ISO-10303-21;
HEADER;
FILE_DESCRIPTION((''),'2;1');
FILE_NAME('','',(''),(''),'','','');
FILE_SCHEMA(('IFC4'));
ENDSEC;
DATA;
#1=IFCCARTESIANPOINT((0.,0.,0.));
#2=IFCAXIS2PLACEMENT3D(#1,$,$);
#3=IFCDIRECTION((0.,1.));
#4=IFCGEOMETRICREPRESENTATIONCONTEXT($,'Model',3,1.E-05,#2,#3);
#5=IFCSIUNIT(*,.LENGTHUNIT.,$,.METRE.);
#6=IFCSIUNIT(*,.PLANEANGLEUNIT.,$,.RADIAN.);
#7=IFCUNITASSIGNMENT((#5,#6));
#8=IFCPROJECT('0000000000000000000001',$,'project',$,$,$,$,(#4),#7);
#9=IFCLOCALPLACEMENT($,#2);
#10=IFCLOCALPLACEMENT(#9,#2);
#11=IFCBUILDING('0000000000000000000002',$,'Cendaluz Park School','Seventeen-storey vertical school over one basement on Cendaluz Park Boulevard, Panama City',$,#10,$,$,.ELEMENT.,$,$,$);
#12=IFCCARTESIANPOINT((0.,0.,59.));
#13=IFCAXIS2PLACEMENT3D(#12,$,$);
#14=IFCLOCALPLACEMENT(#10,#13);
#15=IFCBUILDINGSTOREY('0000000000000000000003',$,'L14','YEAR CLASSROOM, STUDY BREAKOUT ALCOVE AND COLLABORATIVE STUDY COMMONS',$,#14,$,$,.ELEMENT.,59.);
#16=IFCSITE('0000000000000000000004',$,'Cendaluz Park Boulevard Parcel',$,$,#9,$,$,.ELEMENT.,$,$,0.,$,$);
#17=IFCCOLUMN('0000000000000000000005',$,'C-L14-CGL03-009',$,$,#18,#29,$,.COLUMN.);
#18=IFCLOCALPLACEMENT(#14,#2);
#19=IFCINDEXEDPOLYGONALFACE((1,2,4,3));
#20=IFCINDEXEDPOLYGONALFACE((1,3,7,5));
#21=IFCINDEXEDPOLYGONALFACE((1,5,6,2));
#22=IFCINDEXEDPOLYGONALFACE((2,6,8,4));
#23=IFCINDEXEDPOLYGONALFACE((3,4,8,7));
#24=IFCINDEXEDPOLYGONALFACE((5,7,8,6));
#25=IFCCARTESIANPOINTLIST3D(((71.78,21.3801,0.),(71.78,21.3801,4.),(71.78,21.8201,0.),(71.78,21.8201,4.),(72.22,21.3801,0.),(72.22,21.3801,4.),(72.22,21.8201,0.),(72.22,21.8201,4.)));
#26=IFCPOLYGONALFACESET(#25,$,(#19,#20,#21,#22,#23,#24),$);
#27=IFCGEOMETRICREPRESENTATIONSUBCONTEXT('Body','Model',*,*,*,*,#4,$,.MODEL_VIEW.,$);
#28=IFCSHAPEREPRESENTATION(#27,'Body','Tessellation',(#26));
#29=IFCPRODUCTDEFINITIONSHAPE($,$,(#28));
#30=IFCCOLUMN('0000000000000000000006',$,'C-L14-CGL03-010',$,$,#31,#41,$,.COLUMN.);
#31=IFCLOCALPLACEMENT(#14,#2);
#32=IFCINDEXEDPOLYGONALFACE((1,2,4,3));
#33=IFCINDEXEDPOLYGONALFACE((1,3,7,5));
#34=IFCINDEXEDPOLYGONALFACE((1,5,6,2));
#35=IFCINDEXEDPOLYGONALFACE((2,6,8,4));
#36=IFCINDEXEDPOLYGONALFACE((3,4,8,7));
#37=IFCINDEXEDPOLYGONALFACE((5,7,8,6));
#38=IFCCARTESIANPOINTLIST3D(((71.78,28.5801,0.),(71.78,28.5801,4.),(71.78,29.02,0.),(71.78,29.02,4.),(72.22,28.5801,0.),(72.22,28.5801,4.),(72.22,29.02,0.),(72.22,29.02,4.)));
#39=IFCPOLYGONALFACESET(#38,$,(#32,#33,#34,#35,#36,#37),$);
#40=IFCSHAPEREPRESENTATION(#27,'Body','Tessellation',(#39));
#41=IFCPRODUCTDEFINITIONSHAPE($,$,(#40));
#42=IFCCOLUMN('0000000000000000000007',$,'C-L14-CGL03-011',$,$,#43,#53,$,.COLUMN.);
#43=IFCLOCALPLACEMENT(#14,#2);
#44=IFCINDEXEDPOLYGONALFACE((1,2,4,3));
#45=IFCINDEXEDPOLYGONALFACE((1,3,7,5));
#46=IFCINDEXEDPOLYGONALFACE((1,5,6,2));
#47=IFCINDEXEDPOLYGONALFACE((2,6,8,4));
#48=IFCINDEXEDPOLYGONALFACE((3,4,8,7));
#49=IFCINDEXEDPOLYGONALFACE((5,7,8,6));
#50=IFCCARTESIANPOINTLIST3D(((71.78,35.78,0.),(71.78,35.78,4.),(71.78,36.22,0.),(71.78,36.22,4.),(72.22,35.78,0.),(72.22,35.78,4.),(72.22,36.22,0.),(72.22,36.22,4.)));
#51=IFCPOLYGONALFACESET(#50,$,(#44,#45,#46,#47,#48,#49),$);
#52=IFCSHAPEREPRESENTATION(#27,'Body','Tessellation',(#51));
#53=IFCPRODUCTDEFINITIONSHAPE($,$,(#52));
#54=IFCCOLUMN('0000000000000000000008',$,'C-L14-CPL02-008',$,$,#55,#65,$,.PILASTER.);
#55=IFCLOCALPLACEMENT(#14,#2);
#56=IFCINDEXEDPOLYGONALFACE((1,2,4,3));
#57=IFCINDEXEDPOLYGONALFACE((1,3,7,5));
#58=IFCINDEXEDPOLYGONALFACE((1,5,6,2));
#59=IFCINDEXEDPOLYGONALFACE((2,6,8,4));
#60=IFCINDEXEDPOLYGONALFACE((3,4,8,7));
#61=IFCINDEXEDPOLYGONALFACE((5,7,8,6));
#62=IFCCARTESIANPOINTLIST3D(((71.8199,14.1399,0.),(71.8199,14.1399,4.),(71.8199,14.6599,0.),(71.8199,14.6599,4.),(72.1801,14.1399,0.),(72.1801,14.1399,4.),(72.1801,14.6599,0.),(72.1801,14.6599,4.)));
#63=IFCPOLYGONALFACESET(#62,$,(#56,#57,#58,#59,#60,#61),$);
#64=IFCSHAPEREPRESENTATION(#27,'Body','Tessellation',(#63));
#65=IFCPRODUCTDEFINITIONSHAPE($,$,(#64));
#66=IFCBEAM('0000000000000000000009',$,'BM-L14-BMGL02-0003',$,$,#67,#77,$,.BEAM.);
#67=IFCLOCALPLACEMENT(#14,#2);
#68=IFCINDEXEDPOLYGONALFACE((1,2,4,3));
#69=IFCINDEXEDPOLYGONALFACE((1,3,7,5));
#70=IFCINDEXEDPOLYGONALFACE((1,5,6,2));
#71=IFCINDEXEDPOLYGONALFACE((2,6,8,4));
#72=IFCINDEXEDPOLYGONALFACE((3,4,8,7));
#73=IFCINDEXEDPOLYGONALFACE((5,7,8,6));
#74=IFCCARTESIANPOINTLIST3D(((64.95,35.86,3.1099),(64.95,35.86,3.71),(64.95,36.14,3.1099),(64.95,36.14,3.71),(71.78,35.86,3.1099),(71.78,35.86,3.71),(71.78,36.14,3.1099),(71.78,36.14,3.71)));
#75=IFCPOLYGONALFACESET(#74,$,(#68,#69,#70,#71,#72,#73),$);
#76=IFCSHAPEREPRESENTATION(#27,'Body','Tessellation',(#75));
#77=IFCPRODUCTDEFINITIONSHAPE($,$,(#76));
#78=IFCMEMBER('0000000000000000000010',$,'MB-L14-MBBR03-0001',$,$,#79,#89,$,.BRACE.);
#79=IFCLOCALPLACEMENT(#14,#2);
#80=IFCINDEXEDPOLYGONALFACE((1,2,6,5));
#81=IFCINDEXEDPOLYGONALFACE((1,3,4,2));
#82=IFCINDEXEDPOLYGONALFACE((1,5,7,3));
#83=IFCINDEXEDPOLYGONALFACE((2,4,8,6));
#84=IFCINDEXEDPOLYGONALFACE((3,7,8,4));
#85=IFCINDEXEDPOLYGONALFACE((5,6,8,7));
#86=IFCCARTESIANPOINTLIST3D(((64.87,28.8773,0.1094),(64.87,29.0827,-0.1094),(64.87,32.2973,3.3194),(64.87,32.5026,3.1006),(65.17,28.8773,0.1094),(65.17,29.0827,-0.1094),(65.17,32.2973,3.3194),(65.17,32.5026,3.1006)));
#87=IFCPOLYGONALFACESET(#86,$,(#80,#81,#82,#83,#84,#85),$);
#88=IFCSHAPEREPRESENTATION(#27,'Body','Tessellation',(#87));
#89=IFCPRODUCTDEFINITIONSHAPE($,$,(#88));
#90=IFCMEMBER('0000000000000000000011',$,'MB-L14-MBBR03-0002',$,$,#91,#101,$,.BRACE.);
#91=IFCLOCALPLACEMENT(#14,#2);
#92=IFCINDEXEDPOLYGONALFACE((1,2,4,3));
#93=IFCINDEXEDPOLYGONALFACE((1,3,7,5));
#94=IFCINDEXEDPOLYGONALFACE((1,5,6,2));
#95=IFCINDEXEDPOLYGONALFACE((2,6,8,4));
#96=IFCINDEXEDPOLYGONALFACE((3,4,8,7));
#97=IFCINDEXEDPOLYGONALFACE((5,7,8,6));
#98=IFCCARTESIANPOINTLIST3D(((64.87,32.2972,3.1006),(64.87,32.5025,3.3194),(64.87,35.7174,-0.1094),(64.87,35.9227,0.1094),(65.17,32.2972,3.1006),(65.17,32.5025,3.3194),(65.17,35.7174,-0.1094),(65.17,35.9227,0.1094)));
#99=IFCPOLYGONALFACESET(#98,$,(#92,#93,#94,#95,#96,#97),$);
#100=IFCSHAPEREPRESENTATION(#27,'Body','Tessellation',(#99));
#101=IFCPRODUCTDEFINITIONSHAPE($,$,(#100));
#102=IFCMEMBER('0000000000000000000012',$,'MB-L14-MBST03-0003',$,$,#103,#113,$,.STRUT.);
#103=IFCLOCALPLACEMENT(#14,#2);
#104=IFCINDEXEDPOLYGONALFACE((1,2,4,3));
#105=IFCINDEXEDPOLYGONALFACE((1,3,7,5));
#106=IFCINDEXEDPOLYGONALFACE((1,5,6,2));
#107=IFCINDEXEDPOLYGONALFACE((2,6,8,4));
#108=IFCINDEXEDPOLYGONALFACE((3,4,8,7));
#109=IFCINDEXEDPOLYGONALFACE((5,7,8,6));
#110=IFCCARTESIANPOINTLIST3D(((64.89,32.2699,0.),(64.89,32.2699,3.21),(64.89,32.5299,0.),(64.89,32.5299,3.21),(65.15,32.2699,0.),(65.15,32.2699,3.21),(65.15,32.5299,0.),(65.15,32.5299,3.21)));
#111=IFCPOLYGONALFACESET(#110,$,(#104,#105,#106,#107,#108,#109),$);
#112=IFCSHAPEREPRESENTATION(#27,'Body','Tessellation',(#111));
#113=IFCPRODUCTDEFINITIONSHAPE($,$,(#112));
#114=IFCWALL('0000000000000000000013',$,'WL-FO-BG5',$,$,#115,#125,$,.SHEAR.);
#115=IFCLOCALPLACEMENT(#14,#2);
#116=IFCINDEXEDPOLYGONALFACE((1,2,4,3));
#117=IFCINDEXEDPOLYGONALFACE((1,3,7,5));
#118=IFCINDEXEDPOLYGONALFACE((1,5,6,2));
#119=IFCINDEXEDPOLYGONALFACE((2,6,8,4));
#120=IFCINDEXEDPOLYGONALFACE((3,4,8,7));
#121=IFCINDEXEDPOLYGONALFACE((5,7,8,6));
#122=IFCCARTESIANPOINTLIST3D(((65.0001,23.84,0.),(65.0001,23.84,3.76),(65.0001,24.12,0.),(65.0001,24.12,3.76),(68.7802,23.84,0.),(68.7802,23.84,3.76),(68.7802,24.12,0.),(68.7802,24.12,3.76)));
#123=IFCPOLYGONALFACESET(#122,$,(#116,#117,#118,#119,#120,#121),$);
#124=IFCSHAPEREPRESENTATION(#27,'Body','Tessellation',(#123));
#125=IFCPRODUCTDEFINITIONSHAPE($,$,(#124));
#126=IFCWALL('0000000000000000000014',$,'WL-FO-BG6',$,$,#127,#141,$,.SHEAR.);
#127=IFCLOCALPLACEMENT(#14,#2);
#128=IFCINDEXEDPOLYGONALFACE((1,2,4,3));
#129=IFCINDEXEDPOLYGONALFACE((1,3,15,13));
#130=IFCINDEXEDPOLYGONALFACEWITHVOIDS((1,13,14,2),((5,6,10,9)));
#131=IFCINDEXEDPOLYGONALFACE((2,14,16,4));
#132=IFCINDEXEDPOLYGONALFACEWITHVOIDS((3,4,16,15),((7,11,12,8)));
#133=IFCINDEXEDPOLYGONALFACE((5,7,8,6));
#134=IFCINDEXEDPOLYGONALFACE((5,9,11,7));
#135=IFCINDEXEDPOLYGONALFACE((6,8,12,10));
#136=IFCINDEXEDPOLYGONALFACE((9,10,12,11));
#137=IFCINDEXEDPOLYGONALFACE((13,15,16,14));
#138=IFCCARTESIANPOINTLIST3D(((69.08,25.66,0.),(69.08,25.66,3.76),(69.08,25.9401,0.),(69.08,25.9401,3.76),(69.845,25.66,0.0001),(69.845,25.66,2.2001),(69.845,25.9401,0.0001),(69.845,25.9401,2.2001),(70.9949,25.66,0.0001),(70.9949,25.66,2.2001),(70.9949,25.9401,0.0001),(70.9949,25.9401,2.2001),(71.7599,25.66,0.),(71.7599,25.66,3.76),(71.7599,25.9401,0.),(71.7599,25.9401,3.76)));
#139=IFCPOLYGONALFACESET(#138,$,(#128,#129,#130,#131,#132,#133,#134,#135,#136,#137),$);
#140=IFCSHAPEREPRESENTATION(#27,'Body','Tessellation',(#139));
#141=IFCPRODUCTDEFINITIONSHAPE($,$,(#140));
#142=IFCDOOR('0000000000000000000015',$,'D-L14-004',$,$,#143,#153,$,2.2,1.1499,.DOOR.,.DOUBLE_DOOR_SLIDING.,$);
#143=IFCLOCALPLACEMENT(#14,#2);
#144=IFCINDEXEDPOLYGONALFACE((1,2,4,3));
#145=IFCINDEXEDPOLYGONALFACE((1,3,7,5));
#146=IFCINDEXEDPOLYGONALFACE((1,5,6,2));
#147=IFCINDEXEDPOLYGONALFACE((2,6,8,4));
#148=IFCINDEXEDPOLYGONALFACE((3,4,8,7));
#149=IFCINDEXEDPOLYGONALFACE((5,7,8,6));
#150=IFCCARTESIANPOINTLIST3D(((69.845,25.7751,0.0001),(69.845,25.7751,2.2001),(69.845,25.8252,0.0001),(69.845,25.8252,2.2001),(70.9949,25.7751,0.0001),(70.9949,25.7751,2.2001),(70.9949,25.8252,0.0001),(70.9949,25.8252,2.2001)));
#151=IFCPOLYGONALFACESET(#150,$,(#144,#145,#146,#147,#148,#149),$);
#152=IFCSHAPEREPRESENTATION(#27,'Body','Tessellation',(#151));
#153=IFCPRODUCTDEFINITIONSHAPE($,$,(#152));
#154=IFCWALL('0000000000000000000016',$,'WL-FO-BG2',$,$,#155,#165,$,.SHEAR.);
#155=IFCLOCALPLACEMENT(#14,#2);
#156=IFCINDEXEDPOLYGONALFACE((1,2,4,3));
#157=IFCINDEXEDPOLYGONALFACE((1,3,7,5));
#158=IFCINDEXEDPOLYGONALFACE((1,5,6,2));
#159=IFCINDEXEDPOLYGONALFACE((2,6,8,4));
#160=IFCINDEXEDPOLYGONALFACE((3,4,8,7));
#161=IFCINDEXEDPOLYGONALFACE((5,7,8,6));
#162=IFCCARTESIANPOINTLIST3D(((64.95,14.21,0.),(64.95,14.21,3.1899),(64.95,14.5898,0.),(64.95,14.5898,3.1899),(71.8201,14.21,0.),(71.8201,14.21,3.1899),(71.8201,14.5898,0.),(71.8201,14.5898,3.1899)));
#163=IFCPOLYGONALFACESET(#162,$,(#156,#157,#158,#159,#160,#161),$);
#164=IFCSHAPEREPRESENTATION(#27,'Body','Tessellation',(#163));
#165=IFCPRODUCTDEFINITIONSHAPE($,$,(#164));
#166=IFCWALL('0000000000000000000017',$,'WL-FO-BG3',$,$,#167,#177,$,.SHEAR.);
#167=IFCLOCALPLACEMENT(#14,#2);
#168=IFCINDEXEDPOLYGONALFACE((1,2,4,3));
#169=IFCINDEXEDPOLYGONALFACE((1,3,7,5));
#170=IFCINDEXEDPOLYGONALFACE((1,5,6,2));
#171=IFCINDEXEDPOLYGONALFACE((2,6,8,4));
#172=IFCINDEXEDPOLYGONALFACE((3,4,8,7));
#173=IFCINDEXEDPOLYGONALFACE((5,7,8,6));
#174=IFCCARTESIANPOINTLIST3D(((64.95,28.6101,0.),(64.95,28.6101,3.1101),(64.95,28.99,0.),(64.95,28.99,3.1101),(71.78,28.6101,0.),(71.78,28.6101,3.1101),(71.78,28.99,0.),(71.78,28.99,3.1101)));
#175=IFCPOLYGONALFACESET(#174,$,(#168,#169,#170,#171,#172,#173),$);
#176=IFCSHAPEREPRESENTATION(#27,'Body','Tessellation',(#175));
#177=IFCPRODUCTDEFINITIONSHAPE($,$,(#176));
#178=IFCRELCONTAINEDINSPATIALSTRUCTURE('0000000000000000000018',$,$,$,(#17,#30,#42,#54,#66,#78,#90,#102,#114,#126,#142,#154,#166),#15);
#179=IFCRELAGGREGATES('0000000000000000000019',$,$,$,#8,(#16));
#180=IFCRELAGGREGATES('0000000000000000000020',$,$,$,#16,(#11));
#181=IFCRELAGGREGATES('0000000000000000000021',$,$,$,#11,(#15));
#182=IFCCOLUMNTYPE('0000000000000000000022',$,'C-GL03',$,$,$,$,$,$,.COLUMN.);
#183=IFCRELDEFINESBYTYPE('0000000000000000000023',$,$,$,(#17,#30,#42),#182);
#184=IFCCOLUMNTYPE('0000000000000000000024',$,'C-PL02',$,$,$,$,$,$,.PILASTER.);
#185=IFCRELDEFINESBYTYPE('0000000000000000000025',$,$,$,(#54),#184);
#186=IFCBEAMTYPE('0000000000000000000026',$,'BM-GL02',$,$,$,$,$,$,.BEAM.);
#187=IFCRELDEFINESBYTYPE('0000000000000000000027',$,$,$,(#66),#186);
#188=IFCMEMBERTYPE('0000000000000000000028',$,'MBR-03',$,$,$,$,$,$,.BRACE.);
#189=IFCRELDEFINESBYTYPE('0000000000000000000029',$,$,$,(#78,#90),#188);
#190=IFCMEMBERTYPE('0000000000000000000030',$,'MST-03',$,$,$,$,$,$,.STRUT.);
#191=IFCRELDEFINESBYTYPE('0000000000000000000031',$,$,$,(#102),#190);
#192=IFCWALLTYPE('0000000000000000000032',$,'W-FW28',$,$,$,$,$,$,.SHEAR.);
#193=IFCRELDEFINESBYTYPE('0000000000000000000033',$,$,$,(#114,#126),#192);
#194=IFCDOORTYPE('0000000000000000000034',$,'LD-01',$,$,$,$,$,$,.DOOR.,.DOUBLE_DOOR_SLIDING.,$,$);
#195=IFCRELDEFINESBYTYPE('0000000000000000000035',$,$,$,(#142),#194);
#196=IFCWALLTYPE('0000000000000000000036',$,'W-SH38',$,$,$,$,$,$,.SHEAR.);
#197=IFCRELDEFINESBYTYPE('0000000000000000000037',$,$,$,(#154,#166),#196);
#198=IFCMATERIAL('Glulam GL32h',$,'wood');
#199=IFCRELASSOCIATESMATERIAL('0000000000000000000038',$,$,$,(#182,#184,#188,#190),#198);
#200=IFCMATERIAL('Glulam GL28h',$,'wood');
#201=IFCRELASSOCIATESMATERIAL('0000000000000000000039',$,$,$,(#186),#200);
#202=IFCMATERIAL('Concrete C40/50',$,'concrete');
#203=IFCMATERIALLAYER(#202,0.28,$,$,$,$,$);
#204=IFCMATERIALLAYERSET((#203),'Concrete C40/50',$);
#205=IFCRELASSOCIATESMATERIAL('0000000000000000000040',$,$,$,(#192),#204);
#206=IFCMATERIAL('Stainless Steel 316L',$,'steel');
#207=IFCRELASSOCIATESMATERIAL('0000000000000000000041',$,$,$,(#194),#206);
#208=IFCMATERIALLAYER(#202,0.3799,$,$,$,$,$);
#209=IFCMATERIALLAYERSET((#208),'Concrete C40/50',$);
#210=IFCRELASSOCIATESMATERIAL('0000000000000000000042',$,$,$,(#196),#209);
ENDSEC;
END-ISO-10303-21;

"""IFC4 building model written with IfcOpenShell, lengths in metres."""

from ifc_helpers import new_model, si_unit, direction, frame, frame_2d, origin, origin_2d, place, context, subcontext, project, spatial, rectangle, extrude, material, layer, layer_set, material_profile, profile_set, type_object, element, fill, save


model = new_model("IFC4")

# Units and contexts
model_context = context("Model", 3, precision=1e-05, world=origin(), true_north=direction((0.0, 1.0)))
body_context = subcontext(model_context, "Body", "Model", "MODEL_VIEW")
ifc_project = project(units=[si_unit("LENGTHUNIT", "METRE"), si_unit("PLANEANGLEUNIT", "RADIAN")], contexts=[model_context])

# Site, building, storey
site_placement = place(None, origin())
site = spatial("IfcSite", under=ifc_project, at=site_placement, Name="Cendaluz Park Boulevard Parcel", CompositionType="ELEMENT", RefElevation=0.0)
building_placement = place(site_placement, origin())
building = spatial("IfcBuilding", under=site, at=building_placement, Name="Cendaluz Park School", Description="Seventeen-storey vertical school over one basement on Cendaluz Park Boulevard, Panama City", CompositionType="ELEMENT")
storey_placement = place(building_placement, frame((0.0, 0.0, 59.0)))
storey = spatial("IfcBuildingStorey", under=building, at=storey_placement, Name="L14", Description="YEAR CLASSROOM, STUDY BREAKOUT ALCOVE AND COLLABORATIVE STUDY COMMONS", CompositionType="ELEMENT", Elevation=59.0)

# Columns
ifc_material_1 = material(Name="Glulam GL32h", Category="wood")
ifc_material_profile_1 = material_profile(ifc_material_1, rectangle(XDim=0.4399, YDim=0.4399, at=origin_2d()), Name="GL32h 440x440", Category="wood")
ifc_profile_set_1 = profile_set([ifc_material_profile_1], Name="Glulam GL32h")
column_type_1 = type_object("IfcColumnType", Name="C-GL03", PredefinedType="COLUMN", material=ifc_profile_set_1)
for number, where, z_axis, x_axis, name in (
    (1, (72.0, 21.6001, 0.0), (0.0, 0.0, 1.0), (1.0, 0.0, 0.0), "C-L14-CGL03-009"),
    (2, (72.0, 28.8, 0.0), (0.0, 0.0, 1.0), (1.0, 0.0, 0.0), "C-L14-CGL03-010"),
    (3, (72.0, 36.0, 0.0), (0.0, 0.0, 1.0), (1.0, 0.0, 0.0), "C-L14-CGL03-011"),
):
    element("IfcColumn", number, at=place(storey_placement, frame(where, z_axis=z_axis, x_axis=x_axis)), inside=storey, type_object=column_type_1, Name=name, PredefinedType="COLUMN", context=body_context, shape_type="SweptSolid", body=[
        extrude(rectangle(XDim=0.4399, YDim=0.4399, at=origin_2d()), origin(), (0.0, 0.0, 1.0), 4.0),
    ])
ifc_material_profile_2 = material_profile(ifc_material_1, rectangle(XDim=0.3601, YDim=0.52, at=origin_2d()), Name="GL32h 360x520", Category="wood")
ifc_profile_set_2 = profile_set([ifc_material_profile_2], Name="Glulam GL32h")
column_type_2 = type_object("IfcColumnType", Name="C-PL02", PredefinedType="PILASTER", material=ifc_profile_set_2)
column_placement = place(storey_placement, frame((72.0, 14.3999, 0.0), z_axis=(0.0, 0.0, 1.0), x_axis=(1.0, 0.0, 0.0)))
element("IfcColumn", 4, at=column_placement, inside=storey, type_object=column_type_2, Name="C-L14-CPL02-008", PredefinedType="PILASTER", context=body_context, shape_type="SweptSolid", body=[
    extrude(rectangle(XDim=0.3601, YDim=0.52, at=origin_2d()), origin(), (0.0, 0.0, 1.0), 4.0),
])

# Beam
ifc_material_2 = material(Name="Glulam GL28h", Category="wood")
ifc_material_profile_3 = material_profile(ifc_material_2, rectangle(XDim=0.28, YDim=0.6001, at=origin_2d()), Name="GL28h 280x600", Category="wood")
ifc_profile_set_3 = profile_set([ifc_material_profile_3], Name="Glulam GL28h")
beam_type = type_object("IfcBeamType", Name="BM-GL02", PredefinedType="BEAM", material=ifc_profile_set_3)
beam_placement = place(storey_placement, frame((64.95, 36.0, 3.4099), z_axis=(1.0, 0.0, 0.0), x_axis=(0.0, 1.0, 0.0)))
element("IfcBeam", 5, at=beam_placement, inside=storey, type_object=beam_type, Name="BM-L14-BMGL02-0003", PredefinedType="BEAM", context=body_context, shape_type="SweptSolid", body=[
    extrude(rectangle(XDim=0.28, YDim=0.6001, at=origin_2d()), origin(), (0.0, 0.0, 1.0), 6.8301),
])

# Members
ifc_material_profile_4 = material_profile(ifc_material_1, rectangle(XDim=0.3, YDim=0.3, at=origin_2d()), Name="GL32h 300x300", Category="wood")
ifc_profile_set_4 = profile_set([ifc_material_profile_4], Name="Glulam GL32h")
member_type_1 = type_object("IfcMemberType", Name="MBR-03", PredefinedType="BRACE", material=ifc_profile_set_4)
member_1_placement = place(storey_placement, frame((65.02, 28.98, 0.0), z_axis=(0.0, 0.729135, 0.68437), x_axis=(-1.0, 0.0, 0.0)))
element("IfcMember", 6, at=member_1_placement, inside=storey, type_object=member_type_1, Name="MB-L14-MBBR03-0001", PredefinedType="BRACE", context=body_context, shape_type="SweptSolid", body=[
    extrude(rectangle(XDim=0.3, YDim=0.3, at=origin_2d()), origin(), (0.0, 0.0, 1.0), 4.6904),
])
member_2_placement = place(storey_placement, frame((65.02, 35.8201, 0.0), z_axis=(0.0, -0.729159, 0.684344), x_axis=(1.0, 0.0, 0.0)))
element("IfcMember", 7, at=member_2_placement, inside=storey, type_object=member_type_1, Name="MB-L14-MBBR03-0002", PredefinedType="BRACE", context=body_context, shape_type="SweptSolid", body=[
    extrude(rectangle(XDim=0.3, YDim=0.3, at=origin_2d()), origin(), (0.0, 0.0, 1.0), 4.6907),
])
ifc_material_profile_5 = material_profile(ifc_material_1, rectangle(XDim=0.26, YDim=0.26, at=origin_2d()), Name="GL32h 260x260", Category="wood")
ifc_profile_set_5 = profile_set([ifc_material_profile_5], Name="Glulam GL32h")
member_type_2 = type_object("IfcMemberType", Name="MST-03", PredefinedType="STRUT", material=ifc_profile_set_5)
member_3_placement = place(storey_placement, frame((65.02, 32.3999, 0.0), z_axis=(0.0, 0.0, 1.0), x_axis=(1.0, 0.0, 0.0)))
element("IfcMember", 8, at=member_3_placement, inside=storey, type_object=member_type_2, Name="MB-L14-MBST03-0003", PredefinedType="STRUT", context=body_context, shape_type="SweptSolid", body=[
    extrude(rectangle(XDim=0.26, YDim=0.26, at=origin_2d()), origin(), (0.0, 0.0, 1.0), 3.21),
])

# Shared definitions
ifc_material_3 = material(Name="Concrete C40/50", Category="concrete")
ifc_layer_1 = layer(ifc_material_3, 0.28)
ifc_layer_set_1 = layer_set([ifc_layer_1], Name="Concrete C40/50")
wall_type_1 = type_object("IfcWallType", Name="W-FW28", PredefinedType="SHEAR", material=ifc_layer_set_1)

# Wall
wall_1_placement = place(storey_placement, frame((65.0, 23.98, 0.0), z_axis=(0.0, 0.0, 1.0), x_axis=(1.0, 0.0, 0.0)))
element("IfcWall", 9, at=wall_1_placement, inside=storey, type_object=wall_type_1, Name="WL-FO-BG5", PredefinedType="SHEAR", context=body_context, shape_type="SweptSolid", body=[
    extrude(rectangle(XDim=3.78, YDim=0.28, at=frame_2d((1.8901, 0.0))), origin(), (0.0, 0.0, 1.0), 3.76),
])

# Wall, opening, door
wall_2_placement = place(storey_placement, frame((69.0801, 25.8, 0.0), z_axis=(0.0, 0.0, 1.0), x_axis=(1.0, 0.0, 0.0)))
wall_2 = element("IfcWall", 10, at=wall_2_placement, inside=storey, type_object=wall_type_1, Name="WL-FO-BG6", PredefinedType="SHEAR", context=body_context, shape_type="SweptSolid", body=[
    extrude(rectangle(XDim=2.6799, YDim=0.28, at=frame_2d((1.3398, 0.0))), origin(), (0.0, 0.0, 1.0), 3.76),
])
opening_1_placement = place(wall_2_placement, frame((0.7649, 0.0, 0.0)))
opening_1 = element("IfcOpeningElement", 11, at=opening_1_placement, cuts=wall_2, PredefinedType="OPENING", context=body_context, shape_type="SweptSolid", body=[
    extrude(rectangle(XDim=1.1499, YDim=2.2, at=frame_2d((0.575, 1.1001))), frame((0.0, 0.1521, 0.0), z_axis=(0.0, -1.0, 0.0), x_axis=(1.0, 0.0, 0.0)), (0.0, 0.0, 1.0), 0.304),
])
ifc_material_4 = material(Name="Stainless Steel 316L", Category="steel")
door_type_1 = type_object("IfcDoorType", Name="LD-01", OperationType="DOUBLE_DOOR_SLIDING", PredefinedType="DOOR", material=ifc_material_4)
door_1_placement = place(opening_1_placement, frame((1.1499, 0.0, 0.0), z_axis=(0.0, 0.0, 1.0), x_axis=(-1.0, 0.0, 0.0)))
door_1 = element("IfcDoor", 12, at=door_1_placement, inside=storey, type_object=door_type_1, Name="D-L14-004", OperationType="DOUBLE_DOOR_SLIDING", OverallHeight=2.2, OverallWidth=1.1499, PredefinedType="DOOR", context=body_context, shape_type="SweptSolid", body=[
    extrude(rectangle(XDim=1.1499, YDim=2.2, at=frame_2d((0.575, 1.1001))), frame((0.0, 0.0249, 0.0), z_axis=(0.0, -1.0, 0.0), x_axis=(1.0, 0.0, 0.0)), (0.0, 0.0, 1.0), 0.05),
])
fill(opening_1, door_1)

# Walls
ifc_layer_2 = layer(ifc_material_3, 0.3799)
ifc_layer_set_2 = layer_set([ifc_layer_2], Name="Concrete C40/50")
wall_type_2 = type_object("IfcWallType", Name="W-SH38", PredefinedType="SHEAR", material=ifc_layer_set_2)
wall_3_placement = place(storey_placement, frame((64.95, 14.3999, 0.0), z_axis=(0.0, 0.0, 1.0), x_axis=(1.0, 0.0, 0.0)))
element("IfcWall", 13, at=wall_3_placement, inside=storey, type_object=wall_type_2, Name="WL-FO-BG2", PredefinedType="SHEAR", context=body_context, shape_type="SweptSolid", body=[
    extrude(rectangle(XDim=6.8701, YDim=0.3799, at=frame_2d((3.4351, 0.0))), origin(), (0.0, 0.0, 1.0), 3.1899),
])
wall_4_placement = place(storey_placement, frame((64.95, 28.8, 0.0), z_axis=(0.0, 0.0, 1.0), x_axis=(1.0, 0.0, 0.0)))
element("IfcWall", 14, at=wall_4_placement, inside=storey, type_object=wall_type_2, Name="WL-FO-BG3", PredefinedType="SHEAR", context=body_context, shape_type="SweptSolid", body=[
    extrude(rectangle(XDim=6.8301, YDim=0.3799, at=frame_2d((3.415, 0.0))), origin(), (0.0, 0.0, 1.0), 3.1101),
])

save(model, "model.ifc")
